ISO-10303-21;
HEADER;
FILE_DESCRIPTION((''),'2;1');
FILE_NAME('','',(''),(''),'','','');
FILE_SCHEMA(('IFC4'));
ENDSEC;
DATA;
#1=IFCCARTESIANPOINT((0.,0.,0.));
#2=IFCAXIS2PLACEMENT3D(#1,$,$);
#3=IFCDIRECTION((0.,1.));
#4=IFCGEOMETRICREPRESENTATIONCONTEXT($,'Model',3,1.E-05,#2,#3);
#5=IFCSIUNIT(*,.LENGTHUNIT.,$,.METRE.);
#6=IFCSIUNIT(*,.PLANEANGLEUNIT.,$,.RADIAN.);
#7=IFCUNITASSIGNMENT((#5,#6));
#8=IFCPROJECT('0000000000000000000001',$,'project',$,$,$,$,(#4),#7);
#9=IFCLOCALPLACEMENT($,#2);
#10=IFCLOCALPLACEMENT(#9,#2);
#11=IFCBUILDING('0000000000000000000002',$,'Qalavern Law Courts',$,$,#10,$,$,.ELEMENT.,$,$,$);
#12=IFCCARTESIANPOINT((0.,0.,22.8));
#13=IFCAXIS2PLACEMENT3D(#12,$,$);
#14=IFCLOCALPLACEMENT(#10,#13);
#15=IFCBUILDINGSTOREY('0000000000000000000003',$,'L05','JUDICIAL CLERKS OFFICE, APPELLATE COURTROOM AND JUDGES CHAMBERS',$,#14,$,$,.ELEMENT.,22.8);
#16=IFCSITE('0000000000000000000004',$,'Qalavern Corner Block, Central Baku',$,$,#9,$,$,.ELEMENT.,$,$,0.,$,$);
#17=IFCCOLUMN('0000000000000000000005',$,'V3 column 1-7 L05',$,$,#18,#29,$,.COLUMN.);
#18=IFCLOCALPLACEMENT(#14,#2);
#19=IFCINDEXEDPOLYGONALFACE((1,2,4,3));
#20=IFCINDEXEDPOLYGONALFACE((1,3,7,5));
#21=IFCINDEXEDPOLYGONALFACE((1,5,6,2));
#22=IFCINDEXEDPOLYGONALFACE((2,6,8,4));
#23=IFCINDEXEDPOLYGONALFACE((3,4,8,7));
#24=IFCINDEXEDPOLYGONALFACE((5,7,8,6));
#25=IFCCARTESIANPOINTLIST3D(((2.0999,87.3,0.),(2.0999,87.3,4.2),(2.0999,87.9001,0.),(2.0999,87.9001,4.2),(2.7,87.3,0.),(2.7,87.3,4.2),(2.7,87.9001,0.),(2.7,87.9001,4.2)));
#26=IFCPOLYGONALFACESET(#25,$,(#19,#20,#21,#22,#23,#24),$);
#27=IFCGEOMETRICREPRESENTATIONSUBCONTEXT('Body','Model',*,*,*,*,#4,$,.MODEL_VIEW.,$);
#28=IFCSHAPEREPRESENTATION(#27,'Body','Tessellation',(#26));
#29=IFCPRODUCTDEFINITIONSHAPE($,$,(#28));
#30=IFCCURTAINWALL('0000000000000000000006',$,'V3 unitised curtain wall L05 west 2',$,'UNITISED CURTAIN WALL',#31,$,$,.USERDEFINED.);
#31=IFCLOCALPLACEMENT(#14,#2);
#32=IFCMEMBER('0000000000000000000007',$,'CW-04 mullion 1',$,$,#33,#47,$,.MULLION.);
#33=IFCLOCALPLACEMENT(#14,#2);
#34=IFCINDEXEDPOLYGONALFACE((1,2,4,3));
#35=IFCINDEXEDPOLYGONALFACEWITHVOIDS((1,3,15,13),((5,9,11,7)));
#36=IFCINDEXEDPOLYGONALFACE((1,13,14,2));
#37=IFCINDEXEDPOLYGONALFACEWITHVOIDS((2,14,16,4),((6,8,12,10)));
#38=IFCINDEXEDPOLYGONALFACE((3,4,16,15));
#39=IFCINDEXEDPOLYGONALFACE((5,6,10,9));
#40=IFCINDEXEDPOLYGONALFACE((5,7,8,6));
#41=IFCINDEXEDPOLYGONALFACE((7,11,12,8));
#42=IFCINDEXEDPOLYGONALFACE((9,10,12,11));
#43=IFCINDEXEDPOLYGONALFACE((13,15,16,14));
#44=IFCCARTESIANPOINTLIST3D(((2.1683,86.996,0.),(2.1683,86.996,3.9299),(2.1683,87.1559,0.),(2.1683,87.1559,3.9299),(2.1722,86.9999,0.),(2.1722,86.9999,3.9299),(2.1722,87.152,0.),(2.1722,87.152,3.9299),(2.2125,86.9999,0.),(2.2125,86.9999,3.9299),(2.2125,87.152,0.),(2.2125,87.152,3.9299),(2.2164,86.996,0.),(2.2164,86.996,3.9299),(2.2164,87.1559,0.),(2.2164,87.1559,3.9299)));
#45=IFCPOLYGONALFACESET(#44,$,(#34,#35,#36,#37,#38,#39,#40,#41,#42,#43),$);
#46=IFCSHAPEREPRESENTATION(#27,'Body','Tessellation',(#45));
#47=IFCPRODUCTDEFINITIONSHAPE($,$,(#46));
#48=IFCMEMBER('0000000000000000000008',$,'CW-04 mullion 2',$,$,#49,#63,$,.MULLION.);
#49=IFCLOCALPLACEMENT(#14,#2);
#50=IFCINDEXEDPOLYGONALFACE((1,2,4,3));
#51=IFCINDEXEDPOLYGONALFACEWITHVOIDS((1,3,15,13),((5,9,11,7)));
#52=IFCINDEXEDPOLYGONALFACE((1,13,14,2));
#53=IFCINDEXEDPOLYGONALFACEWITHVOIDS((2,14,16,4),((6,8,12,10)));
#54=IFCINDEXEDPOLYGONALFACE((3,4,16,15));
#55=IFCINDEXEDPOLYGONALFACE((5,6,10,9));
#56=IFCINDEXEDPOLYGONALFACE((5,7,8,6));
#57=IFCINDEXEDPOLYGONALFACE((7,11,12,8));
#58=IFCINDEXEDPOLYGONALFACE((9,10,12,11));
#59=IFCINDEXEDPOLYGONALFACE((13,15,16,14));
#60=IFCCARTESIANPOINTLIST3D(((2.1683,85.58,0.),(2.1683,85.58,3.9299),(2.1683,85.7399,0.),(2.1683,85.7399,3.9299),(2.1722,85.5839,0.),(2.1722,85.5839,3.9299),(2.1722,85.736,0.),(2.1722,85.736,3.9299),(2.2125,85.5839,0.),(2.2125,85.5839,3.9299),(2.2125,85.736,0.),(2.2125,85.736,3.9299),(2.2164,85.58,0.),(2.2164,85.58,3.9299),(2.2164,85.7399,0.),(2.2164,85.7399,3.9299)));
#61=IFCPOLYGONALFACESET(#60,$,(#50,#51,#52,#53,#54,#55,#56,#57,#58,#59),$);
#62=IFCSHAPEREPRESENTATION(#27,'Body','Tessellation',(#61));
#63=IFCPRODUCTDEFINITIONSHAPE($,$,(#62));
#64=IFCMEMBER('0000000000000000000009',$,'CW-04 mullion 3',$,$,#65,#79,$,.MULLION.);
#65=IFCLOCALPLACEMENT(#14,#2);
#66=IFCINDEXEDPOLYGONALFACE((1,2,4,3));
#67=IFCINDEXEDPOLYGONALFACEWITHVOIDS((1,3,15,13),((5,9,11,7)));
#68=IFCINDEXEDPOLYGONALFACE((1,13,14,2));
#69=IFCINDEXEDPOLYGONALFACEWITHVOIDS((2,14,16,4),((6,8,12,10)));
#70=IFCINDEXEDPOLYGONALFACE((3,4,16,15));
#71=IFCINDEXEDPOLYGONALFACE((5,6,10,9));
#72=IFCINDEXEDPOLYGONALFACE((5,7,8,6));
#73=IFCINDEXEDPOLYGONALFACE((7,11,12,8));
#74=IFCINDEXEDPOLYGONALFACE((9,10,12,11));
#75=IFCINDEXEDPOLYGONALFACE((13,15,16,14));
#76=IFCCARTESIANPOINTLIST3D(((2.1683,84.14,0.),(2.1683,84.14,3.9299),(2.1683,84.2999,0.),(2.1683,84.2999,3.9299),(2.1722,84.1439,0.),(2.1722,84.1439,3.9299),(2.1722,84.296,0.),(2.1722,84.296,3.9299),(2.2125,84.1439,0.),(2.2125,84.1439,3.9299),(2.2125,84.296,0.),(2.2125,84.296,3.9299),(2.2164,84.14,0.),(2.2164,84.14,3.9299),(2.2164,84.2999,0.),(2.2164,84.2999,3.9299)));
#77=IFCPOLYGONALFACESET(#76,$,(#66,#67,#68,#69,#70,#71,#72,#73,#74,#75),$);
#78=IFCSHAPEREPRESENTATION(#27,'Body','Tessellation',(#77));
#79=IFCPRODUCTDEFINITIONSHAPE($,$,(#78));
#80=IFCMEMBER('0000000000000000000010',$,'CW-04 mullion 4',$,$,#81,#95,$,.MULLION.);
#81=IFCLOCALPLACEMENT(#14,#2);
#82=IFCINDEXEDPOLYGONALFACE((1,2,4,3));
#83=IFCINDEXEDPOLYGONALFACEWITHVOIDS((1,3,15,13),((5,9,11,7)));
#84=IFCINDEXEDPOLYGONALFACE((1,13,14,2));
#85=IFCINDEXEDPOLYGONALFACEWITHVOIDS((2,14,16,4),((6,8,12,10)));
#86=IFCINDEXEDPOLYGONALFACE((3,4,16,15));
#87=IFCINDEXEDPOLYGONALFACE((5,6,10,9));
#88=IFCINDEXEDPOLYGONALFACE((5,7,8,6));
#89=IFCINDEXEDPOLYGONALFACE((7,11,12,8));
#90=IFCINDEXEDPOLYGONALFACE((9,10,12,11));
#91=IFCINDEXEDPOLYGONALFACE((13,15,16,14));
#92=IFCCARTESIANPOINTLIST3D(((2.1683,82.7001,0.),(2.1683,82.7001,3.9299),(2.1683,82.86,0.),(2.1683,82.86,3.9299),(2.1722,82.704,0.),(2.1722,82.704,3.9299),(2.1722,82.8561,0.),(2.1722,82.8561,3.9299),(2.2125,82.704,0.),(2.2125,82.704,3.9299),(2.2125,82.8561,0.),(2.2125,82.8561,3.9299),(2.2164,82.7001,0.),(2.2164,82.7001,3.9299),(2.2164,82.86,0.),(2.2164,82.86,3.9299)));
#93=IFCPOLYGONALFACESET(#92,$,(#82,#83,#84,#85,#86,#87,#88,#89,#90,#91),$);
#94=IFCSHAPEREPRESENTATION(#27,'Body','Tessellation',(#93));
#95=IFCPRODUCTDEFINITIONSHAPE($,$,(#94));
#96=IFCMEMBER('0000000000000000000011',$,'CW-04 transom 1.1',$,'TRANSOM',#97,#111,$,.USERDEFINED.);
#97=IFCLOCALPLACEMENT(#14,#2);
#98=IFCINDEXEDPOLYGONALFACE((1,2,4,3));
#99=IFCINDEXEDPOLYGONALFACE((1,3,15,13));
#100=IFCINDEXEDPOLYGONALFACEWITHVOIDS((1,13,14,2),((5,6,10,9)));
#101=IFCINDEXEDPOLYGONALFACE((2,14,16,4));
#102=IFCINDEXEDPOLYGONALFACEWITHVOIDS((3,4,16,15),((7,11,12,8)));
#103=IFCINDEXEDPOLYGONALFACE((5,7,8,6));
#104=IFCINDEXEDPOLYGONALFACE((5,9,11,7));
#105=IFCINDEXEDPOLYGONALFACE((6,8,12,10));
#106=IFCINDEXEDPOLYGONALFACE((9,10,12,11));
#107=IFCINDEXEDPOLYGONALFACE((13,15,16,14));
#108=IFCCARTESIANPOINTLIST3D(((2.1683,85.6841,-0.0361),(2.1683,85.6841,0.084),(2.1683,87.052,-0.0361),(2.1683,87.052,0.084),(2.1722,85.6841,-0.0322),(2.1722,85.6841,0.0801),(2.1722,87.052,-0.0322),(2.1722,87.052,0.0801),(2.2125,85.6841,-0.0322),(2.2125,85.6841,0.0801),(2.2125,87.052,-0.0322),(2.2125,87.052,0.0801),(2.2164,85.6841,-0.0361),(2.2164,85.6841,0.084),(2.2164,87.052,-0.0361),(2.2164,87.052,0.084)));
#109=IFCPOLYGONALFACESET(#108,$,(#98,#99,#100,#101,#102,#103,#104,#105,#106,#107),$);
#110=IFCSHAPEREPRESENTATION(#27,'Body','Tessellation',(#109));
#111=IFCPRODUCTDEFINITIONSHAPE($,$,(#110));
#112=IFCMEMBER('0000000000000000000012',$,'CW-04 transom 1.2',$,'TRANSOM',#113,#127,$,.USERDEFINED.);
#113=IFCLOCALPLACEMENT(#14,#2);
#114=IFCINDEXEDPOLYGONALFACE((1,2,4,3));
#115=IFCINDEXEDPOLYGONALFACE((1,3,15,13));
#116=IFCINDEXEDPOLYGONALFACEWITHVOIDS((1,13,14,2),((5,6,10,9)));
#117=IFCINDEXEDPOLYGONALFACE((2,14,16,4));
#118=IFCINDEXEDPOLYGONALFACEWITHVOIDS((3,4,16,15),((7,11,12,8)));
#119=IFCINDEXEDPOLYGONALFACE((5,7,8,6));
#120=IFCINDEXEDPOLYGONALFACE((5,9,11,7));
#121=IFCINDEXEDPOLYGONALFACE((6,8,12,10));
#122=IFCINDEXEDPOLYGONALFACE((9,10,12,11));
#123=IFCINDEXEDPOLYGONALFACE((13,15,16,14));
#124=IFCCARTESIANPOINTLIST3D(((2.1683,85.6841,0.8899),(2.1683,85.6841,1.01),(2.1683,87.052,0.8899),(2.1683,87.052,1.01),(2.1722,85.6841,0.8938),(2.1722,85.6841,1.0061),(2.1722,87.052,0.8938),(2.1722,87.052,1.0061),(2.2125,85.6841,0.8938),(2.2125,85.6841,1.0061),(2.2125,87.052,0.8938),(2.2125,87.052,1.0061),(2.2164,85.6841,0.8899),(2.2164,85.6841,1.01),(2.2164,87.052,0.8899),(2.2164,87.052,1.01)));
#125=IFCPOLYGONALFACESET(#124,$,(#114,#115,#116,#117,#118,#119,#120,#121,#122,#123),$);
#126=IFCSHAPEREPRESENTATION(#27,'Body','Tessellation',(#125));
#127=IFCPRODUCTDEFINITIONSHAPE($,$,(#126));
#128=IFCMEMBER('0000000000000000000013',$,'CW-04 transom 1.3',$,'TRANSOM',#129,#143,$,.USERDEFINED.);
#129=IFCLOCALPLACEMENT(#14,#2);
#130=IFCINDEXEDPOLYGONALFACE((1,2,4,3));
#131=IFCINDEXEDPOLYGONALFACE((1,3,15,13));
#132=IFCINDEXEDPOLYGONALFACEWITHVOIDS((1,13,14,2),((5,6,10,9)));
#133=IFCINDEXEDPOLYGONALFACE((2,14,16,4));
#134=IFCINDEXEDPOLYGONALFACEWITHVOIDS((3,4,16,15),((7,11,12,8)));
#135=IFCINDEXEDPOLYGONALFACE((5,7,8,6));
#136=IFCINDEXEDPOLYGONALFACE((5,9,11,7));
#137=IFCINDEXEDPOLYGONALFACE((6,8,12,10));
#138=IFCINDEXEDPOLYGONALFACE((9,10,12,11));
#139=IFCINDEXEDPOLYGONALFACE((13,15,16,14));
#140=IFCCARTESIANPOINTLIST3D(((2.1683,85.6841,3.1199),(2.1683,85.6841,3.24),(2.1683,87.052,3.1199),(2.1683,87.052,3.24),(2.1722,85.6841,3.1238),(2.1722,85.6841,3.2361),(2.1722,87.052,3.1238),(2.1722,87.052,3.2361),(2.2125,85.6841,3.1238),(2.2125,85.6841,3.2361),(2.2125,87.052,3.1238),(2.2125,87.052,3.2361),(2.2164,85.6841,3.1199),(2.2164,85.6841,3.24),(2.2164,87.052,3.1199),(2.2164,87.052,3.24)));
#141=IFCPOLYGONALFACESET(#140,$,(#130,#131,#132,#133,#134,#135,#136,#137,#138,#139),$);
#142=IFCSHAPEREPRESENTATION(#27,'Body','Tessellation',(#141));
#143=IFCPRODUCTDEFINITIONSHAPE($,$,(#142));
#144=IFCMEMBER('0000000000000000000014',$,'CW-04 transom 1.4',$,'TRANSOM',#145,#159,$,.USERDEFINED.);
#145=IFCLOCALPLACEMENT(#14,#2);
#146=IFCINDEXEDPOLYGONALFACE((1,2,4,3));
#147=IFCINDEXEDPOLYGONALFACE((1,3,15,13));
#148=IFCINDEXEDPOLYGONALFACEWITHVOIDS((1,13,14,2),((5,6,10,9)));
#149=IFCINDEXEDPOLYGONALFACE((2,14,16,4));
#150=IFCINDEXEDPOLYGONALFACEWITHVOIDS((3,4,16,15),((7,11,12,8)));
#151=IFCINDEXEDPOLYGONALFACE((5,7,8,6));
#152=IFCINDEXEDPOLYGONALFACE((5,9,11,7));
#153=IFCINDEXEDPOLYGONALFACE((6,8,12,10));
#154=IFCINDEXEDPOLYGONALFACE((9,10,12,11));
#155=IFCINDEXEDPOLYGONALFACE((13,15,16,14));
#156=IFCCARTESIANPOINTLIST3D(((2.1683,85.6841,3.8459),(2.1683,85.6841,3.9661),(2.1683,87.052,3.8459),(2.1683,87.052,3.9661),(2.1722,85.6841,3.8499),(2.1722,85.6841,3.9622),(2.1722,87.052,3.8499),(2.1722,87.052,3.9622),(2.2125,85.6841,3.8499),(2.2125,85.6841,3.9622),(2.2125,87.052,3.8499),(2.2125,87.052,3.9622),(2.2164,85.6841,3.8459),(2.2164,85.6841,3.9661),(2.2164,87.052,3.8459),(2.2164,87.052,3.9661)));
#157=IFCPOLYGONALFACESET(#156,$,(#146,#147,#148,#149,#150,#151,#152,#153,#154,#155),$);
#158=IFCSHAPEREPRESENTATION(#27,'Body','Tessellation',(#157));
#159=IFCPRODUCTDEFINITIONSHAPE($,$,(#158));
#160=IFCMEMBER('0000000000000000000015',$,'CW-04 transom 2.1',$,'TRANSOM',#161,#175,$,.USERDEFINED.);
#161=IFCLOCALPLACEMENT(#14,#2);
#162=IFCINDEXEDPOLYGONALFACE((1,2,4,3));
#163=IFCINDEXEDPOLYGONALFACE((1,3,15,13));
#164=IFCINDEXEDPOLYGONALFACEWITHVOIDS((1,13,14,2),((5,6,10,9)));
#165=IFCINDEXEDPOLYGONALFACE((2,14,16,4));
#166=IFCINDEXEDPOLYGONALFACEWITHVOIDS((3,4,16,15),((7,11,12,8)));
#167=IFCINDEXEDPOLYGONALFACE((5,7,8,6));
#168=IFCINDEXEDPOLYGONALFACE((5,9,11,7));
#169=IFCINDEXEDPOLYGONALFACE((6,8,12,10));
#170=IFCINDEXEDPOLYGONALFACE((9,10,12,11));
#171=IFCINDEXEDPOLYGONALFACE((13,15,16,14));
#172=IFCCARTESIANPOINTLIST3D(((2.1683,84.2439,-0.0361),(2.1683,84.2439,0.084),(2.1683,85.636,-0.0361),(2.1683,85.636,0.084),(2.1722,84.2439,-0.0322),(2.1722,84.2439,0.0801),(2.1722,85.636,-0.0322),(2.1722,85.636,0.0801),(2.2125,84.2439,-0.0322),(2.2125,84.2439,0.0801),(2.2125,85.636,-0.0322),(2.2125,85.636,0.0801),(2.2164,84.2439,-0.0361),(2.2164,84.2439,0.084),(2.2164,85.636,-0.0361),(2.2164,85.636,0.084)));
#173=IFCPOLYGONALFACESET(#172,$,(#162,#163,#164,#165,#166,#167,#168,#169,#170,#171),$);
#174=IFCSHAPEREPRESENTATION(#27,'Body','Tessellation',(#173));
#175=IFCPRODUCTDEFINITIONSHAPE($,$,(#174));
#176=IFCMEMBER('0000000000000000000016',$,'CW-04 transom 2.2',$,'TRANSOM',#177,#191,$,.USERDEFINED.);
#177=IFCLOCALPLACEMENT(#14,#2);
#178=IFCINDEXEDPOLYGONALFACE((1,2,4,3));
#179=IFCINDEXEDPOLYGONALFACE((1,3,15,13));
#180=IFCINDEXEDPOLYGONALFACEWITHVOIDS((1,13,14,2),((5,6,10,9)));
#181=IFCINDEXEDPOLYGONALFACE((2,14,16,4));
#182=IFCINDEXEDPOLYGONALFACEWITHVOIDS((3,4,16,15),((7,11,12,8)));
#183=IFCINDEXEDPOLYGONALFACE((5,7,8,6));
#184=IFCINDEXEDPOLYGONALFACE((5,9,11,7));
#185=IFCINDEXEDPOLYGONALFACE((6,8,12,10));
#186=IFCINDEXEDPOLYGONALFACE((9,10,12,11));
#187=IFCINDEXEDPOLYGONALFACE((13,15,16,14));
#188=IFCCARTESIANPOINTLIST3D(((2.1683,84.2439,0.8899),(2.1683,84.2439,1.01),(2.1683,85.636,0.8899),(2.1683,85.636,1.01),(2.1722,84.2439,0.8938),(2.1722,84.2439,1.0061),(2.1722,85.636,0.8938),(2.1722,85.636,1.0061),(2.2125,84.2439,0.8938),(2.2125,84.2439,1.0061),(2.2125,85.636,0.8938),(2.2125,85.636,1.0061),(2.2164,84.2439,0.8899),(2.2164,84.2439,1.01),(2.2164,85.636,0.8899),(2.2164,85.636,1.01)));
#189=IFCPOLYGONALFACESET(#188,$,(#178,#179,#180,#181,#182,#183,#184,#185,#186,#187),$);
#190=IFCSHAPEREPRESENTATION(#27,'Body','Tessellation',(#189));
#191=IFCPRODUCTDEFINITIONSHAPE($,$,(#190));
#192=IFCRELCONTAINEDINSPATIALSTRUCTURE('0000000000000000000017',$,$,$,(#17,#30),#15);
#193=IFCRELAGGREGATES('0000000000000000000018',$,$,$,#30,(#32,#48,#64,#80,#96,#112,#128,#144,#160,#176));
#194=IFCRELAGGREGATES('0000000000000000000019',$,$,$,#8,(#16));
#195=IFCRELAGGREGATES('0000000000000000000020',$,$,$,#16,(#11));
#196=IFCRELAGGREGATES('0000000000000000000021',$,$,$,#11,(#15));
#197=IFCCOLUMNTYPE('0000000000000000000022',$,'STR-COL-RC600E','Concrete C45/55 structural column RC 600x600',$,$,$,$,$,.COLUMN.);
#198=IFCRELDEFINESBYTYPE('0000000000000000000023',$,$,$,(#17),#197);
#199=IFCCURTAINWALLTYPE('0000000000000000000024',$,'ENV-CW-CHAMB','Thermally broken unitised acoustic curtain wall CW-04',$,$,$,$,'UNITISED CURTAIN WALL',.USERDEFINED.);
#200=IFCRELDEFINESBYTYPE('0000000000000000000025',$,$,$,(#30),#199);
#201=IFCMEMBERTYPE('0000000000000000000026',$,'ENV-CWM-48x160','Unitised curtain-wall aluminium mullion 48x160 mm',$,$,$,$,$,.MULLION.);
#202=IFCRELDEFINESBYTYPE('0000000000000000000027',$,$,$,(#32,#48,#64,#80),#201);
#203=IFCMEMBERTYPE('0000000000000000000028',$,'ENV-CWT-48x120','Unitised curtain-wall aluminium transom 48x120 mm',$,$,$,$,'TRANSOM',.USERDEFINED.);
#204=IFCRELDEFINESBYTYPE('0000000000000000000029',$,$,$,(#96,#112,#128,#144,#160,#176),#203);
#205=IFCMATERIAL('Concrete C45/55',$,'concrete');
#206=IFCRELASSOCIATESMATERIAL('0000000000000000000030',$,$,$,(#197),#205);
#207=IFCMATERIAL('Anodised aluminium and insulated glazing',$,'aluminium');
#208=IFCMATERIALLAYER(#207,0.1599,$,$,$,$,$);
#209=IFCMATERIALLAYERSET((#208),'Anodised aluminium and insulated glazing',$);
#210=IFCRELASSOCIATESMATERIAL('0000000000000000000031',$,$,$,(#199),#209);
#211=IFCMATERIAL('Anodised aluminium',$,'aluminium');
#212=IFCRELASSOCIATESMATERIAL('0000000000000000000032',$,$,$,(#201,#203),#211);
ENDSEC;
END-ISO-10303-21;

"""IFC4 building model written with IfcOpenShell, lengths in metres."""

from ifc_helpers import new_model, si_unit, direction, frame, origin, origin_2d, place, context, subcontext, project, spatial, rectangle, hollow_rectangle, extrude, material, layer, layer_set, material_profile, profile_set, type_object, element, aggregate, save


model = new_model("IFC4")

# Units and contexts
model_context = context("Model", 3, precision=1e-05, world=origin(), true_north=direction((0.0, 1.0)))
body_context = subcontext(model_context, "Body", "Model", "MODEL_VIEW")
ifc_project = project(units=[si_unit("LENGTHUNIT", "METRE"), si_unit("PLANEANGLEUNIT", "RADIAN")], contexts=[model_context])

# Site, building, storey
site_placement = place(None, origin())
site = spatial("IfcSite", under=ifc_project, at=site_placement, Name="Qalavern Corner Block, Central Baku", CompositionType="ELEMENT", RefElevation=0.0)
building_placement = place(site_placement, origin())
building = spatial("IfcBuilding", under=site, at=building_placement, Name="Qalavern Law Courts", CompositionType="ELEMENT")
storey_placement = place(building_placement, frame((0.0, 0.0, 22.8)))
storey = spatial("IfcBuildingStorey", under=building, at=storey_placement, Name="L05", Description="JUDICIAL CLERKS OFFICE, APPELLATE COURTROOM AND JUDGES CHAMBERS", CompositionType="ELEMENT", Elevation=22.8)

# Column
ifc_material_1 = material(Name="Concrete C45/55", Category="concrete")
ifc_material_profile_1 = material_profile(ifc_material_1, rectangle(XDim=0.6001, YDim=0.6001, at=origin_2d()), Name="RC 600x600")
ifc_profile_set_1 = profile_set([ifc_material_profile_1], Name="Concrete C45/55")
column_type = type_object("IfcColumnType", Name="STR-COL-RC600E", Description="Concrete C45/55 structural column RC 600x600", PredefinedType="COLUMN", material=ifc_profile_set_1)
column_placement = place(storey_placement, frame((2.3999, 87.6001, 0.0), z_axis=(0.0, 0.0, 1.0), x_axis=(1.0, 0.0, 0.0)))
element("IfcColumn", 1, at=column_placement, inside=storey, type_object=column_type, Name="V3 column 1-7 L05", PredefinedType="COLUMN", context=body_context, shape_type="SweptSolid", body=[
    extrude(rectangle(XDim=0.6001, YDim=0.6001, at=origin_2d()), origin(), (0.0, 0.0, 1.0), 4.2),
])

# Curtain wall, members
ifc_material_2 = material(Name="Anodised aluminium and insulated glazing", Category="aluminium")
ifc_layer_1 = layer(ifc_material_2, 0.1599)
ifc_layer_set_1 = layer_set([ifc_layer_1], Name="Anodised aluminium and insulated glazing")
curtain_wall_type = type_object("IfcCurtainWallType", Name="ENV-CW-CHAMB", Description="Thermally broken unitised acoustic curtain wall CW-04", ElementType="UNITISED CURTAIN WALL", PredefinedType="USERDEFINED", material=ifc_layer_set_1)
curtain_wall_placement = place(storey_placement, origin())
curtain_wall = element("IfcCurtainWall", 2, at=curtain_wall_placement, inside=storey, type_object=curtain_wall_type, Name="V3 unitised curtain wall L05 west 2", ObjectType="UNITISED CURTAIN WALL", PredefinedType="USERDEFINED")
ifc_material_3 = material(Name="Anodised aluminium", Category="aluminium")
ifc_material_profile_2 = material_profile(ifc_material_3, hollow_rectangle(XDim=0.0481, YDim=0.1599, WallThickness=0.0039, at=origin_2d()), Name="ALU MULLION 48x160")
ifc_profile_set_2 = profile_set([ifc_material_profile_2], Name="Anodised aluminium")
member_type_1 = type_object("IfcMemberType", Name="ENV-CWM-48x160", Description="Unitised curtain-wall aluminium mullion 48x160 mm", PredefinedType="MULLION", material=ifc_profile_set_2)
member_1_placement = place(storey_placement, frame((2.1924, 87.0759, 0.0), z_axis=(0.0, 0.0, 1.0), x_axis=(1.0, 0.0, 0.0)))
member_1 = element("IfcMember", 3, at=member_1_placement, type_object=member_type_1, Name="CW-04 mullion 1", PredefinedType="MULLION", context=body_context, shape_type="SweptSolid", body=[
    extrude(hollow_rectangle(XDim=0.0481, YDim=0.1599, WallThickness=0.0039, at=origin_2d()), origin(), (0.0, 0.0, 1.0), 3.9299),
])
member_2_placement = place(storey_placement, frame((2.1924, 85.6599, 0.0), z_axis=(0.0, 0.0, 1.0), x_axis=(1.0, 0.0, 0.0)))
member_2 = element("IfcMember", 4, at=member_2_placement, type_object=member_type_1, Name="CW-04 mullion 2", PredefinedType="MULLION", context=body_context, shape_type="SweptSolid", body=[
    extrude(hollow_rectangle(XDim=0.0481, YDim=0.1599, WallThickness=0.0039, at=origin_2d()), origin(), (0.0, 0.0, 1.0), 3.9299),
])
member_3_placement = place(storey_placement, frame((2.1924, 84.22, 0.0), z_axis=(0.0, 0.0, 1.0), x_axis=(1.0, 0.0, 0.0)))
member_3 = element("IfcMember", 5, at=member_3_placement, type_object=member_type_1, Name="CW-04 mullion 3", PredefinedType="MULLION", context=body_context, shape_type="SweptSolid", body=[
    extrude(hollow_rectangle(XDim=0.0481, YDim=0.1599, WallThickness=0.0039, at=origin_2d()), origin(), (0.0, 0.0, 1.0), 3.9299),
])
member_4_placement = place(storey_placement, frame((2.1924, 82.78, 0.0), z_axis=(0.0, 0.0, 1.0), x_axis=(1.0, 0.0, 0.0)))
member_4 = element("IfcMember", 6, at=member_4_placement, type_object=member_type_1, Name="CW-04 mullion 4", PredefinedType="MULLION", context=body_context, shape_type="SweptSolid", body=[
    extrude(hollow_rectangle(XDim=0.0481, YDim=0.1599, WallThickness=0.0039, at=origin_2d()), origin(), (0.0, 0.0, 1.0), 3.9299),
])
ifc_material_profile_3 = material_profile(ifc_material_3, hollow_rectangle(XDim=0.0481, YDim=0.1201, WallThickness=0.0039, at=origin_2d()), Name="ALU TRANSOM 48x120")
ifc_profile_set_3 = profile_set([ifc_material_profile_3], Name="Anodised aluminium")
member_type_2 = type_object("IfcMemberType", Name="ENV-CWT-48x120", Description="Unitised curtain-wall aluminium transom 48x120 mm", ElementType="TRANSOM", PredefinedType="USERDEFINED", material=ifc_profile_set_3)
member_5_placement = place(storey_placement, frame((2.1924, 87.052, 0.0239), z_axis=(0.0, -1.0, 0.0), x_axis=(1.0, 0.0, 0.0)))
member_5 = element("IfcMember", 7, at=member_5_placement, type_object=member_type_2, Name="CW-04 transom 1.1", ObjectType="TRANSOM", PredefinedType="USERDEFINED", context=body_context, shape_type="SweptSolid", body=[
    extrude(hollow_rectangle(XDim=0.0481, YDim=0.1201, WallThickness=0.0039, at=origin_2d()), origin(), (0.0, 0.0, 1.0), 1.3679),
])
member_6_placement = place(storey_placement, frame((2.1924, 87.052, 0.95), z_axis=(0.0, -1.0, 0.0), x_axis=(1.0, 0.0, 0.0)))
member_6 = element("IfcMember", 8, at=member_6_placement, type_object=member_type_2, Name="CW-04 transom 1.2", ObjectType="TRANSOM", PredefinedType="USERDEFINED", context=body_context, shape_type="SweptSolid", body=[
    extrude(hollow_rectangle(XDim=0.0481, YDim=0.1201, WallThickness=0.0039, at=origin_2d()), origin(), (0.0, 0.0, 1.0), 1.3679),
])
member_7_placement = place(storey_placement, frame((2.1924, 87.052, 3.1799), z_axis=(0.0, -1.0, 0.0), x_axis=(1.0, 0.0, 0.0)))
member_7 = element("IfcMember", 9, at=member_7_placement, type_object=member_type_2, Name="CW-04 transom 1.3", ObjectType="TRANSOM", PredefinedType="USERDEFINED", context=body_context, shape_type="SweptSolid", body=[
    extrude(hollow_rectangle(XDim=0.0481, YDim=0.1201, WallThickness=0.0039, at=origin_2d()), origin(), (0.0, 0.0, 1.0), 1.3679),
])
member_8_placement = place(storey_placement, frame((2.1924, 87.052, 3.906), z_axis=(0.0, -1.0, 0.0), x_axis=(1.0, 0.0, 0.0)))
member_8 = element("IfcMember", 10, at=member_8_placement, type_object=member_type_2, Name="CW-04 transom 1.4", ObjectType="TRANSOM", PredefinedType="USERDEFINED", context=body_context, shape_type="SweptSolid", body=[
    extrude(hollow_rectangle(XDim=0.0481, YDim=0.1201, WallThickness=0.0039, at=origin_2d()), origin(), (0.0, 0.0, 1.0), 1.3679),
])
member_9_placement = place(storey_placement, frame((2.1924, 85.636, 0.0239), z_axis=(0.0, -1.0, 0.0), x_axis=(1.0, 0.0, 0.0)))
member_9 = element("IfcMember", 11, at=member_9_placement, type_object=member_type_2, Name="CW-04 transom 2.1", ObjectType="TRANSOM", PredefinedType="USERDEFINED", context=body_context, shape_type="SweptSolid", body=[
    extrude(hollow_rectangle(XDim=0.0481, YDim=0.1201, WallThickness=0.0039, at=origin_2d()), origin(), (0.0, 0.0, 1.0), 1.3921),
])
member_10_placement = place(storey_placement, frame((2.1924, 85.636, 0.95), z_axis=(0.0, -1.0, 0.0), x_axis=(1.0, 0.0, 0.0)))
member_10 = element("IfcMember", 12, at=member_10_placement, type_object=member_type_2, Name="CW-04 transom 2.2", ObjectType="TRANSOM", PredefinedType="USERDEFINED", context=body_context, shape_type="SweptSolid", body=[
    extrude(hollow_rectangle(XDim=0.0481, YDim=0.1201, WallThickness=0.0039, at=origin_2d()), origin(), (0.0, 0.0, 1.0), 1.3921),
])
aggregate(curtain_wall, [member_1, member_2, member_3, member_4, member_5, member_6, member_7, member_8, member_9, member_10])

save(model, "model.ifc")
